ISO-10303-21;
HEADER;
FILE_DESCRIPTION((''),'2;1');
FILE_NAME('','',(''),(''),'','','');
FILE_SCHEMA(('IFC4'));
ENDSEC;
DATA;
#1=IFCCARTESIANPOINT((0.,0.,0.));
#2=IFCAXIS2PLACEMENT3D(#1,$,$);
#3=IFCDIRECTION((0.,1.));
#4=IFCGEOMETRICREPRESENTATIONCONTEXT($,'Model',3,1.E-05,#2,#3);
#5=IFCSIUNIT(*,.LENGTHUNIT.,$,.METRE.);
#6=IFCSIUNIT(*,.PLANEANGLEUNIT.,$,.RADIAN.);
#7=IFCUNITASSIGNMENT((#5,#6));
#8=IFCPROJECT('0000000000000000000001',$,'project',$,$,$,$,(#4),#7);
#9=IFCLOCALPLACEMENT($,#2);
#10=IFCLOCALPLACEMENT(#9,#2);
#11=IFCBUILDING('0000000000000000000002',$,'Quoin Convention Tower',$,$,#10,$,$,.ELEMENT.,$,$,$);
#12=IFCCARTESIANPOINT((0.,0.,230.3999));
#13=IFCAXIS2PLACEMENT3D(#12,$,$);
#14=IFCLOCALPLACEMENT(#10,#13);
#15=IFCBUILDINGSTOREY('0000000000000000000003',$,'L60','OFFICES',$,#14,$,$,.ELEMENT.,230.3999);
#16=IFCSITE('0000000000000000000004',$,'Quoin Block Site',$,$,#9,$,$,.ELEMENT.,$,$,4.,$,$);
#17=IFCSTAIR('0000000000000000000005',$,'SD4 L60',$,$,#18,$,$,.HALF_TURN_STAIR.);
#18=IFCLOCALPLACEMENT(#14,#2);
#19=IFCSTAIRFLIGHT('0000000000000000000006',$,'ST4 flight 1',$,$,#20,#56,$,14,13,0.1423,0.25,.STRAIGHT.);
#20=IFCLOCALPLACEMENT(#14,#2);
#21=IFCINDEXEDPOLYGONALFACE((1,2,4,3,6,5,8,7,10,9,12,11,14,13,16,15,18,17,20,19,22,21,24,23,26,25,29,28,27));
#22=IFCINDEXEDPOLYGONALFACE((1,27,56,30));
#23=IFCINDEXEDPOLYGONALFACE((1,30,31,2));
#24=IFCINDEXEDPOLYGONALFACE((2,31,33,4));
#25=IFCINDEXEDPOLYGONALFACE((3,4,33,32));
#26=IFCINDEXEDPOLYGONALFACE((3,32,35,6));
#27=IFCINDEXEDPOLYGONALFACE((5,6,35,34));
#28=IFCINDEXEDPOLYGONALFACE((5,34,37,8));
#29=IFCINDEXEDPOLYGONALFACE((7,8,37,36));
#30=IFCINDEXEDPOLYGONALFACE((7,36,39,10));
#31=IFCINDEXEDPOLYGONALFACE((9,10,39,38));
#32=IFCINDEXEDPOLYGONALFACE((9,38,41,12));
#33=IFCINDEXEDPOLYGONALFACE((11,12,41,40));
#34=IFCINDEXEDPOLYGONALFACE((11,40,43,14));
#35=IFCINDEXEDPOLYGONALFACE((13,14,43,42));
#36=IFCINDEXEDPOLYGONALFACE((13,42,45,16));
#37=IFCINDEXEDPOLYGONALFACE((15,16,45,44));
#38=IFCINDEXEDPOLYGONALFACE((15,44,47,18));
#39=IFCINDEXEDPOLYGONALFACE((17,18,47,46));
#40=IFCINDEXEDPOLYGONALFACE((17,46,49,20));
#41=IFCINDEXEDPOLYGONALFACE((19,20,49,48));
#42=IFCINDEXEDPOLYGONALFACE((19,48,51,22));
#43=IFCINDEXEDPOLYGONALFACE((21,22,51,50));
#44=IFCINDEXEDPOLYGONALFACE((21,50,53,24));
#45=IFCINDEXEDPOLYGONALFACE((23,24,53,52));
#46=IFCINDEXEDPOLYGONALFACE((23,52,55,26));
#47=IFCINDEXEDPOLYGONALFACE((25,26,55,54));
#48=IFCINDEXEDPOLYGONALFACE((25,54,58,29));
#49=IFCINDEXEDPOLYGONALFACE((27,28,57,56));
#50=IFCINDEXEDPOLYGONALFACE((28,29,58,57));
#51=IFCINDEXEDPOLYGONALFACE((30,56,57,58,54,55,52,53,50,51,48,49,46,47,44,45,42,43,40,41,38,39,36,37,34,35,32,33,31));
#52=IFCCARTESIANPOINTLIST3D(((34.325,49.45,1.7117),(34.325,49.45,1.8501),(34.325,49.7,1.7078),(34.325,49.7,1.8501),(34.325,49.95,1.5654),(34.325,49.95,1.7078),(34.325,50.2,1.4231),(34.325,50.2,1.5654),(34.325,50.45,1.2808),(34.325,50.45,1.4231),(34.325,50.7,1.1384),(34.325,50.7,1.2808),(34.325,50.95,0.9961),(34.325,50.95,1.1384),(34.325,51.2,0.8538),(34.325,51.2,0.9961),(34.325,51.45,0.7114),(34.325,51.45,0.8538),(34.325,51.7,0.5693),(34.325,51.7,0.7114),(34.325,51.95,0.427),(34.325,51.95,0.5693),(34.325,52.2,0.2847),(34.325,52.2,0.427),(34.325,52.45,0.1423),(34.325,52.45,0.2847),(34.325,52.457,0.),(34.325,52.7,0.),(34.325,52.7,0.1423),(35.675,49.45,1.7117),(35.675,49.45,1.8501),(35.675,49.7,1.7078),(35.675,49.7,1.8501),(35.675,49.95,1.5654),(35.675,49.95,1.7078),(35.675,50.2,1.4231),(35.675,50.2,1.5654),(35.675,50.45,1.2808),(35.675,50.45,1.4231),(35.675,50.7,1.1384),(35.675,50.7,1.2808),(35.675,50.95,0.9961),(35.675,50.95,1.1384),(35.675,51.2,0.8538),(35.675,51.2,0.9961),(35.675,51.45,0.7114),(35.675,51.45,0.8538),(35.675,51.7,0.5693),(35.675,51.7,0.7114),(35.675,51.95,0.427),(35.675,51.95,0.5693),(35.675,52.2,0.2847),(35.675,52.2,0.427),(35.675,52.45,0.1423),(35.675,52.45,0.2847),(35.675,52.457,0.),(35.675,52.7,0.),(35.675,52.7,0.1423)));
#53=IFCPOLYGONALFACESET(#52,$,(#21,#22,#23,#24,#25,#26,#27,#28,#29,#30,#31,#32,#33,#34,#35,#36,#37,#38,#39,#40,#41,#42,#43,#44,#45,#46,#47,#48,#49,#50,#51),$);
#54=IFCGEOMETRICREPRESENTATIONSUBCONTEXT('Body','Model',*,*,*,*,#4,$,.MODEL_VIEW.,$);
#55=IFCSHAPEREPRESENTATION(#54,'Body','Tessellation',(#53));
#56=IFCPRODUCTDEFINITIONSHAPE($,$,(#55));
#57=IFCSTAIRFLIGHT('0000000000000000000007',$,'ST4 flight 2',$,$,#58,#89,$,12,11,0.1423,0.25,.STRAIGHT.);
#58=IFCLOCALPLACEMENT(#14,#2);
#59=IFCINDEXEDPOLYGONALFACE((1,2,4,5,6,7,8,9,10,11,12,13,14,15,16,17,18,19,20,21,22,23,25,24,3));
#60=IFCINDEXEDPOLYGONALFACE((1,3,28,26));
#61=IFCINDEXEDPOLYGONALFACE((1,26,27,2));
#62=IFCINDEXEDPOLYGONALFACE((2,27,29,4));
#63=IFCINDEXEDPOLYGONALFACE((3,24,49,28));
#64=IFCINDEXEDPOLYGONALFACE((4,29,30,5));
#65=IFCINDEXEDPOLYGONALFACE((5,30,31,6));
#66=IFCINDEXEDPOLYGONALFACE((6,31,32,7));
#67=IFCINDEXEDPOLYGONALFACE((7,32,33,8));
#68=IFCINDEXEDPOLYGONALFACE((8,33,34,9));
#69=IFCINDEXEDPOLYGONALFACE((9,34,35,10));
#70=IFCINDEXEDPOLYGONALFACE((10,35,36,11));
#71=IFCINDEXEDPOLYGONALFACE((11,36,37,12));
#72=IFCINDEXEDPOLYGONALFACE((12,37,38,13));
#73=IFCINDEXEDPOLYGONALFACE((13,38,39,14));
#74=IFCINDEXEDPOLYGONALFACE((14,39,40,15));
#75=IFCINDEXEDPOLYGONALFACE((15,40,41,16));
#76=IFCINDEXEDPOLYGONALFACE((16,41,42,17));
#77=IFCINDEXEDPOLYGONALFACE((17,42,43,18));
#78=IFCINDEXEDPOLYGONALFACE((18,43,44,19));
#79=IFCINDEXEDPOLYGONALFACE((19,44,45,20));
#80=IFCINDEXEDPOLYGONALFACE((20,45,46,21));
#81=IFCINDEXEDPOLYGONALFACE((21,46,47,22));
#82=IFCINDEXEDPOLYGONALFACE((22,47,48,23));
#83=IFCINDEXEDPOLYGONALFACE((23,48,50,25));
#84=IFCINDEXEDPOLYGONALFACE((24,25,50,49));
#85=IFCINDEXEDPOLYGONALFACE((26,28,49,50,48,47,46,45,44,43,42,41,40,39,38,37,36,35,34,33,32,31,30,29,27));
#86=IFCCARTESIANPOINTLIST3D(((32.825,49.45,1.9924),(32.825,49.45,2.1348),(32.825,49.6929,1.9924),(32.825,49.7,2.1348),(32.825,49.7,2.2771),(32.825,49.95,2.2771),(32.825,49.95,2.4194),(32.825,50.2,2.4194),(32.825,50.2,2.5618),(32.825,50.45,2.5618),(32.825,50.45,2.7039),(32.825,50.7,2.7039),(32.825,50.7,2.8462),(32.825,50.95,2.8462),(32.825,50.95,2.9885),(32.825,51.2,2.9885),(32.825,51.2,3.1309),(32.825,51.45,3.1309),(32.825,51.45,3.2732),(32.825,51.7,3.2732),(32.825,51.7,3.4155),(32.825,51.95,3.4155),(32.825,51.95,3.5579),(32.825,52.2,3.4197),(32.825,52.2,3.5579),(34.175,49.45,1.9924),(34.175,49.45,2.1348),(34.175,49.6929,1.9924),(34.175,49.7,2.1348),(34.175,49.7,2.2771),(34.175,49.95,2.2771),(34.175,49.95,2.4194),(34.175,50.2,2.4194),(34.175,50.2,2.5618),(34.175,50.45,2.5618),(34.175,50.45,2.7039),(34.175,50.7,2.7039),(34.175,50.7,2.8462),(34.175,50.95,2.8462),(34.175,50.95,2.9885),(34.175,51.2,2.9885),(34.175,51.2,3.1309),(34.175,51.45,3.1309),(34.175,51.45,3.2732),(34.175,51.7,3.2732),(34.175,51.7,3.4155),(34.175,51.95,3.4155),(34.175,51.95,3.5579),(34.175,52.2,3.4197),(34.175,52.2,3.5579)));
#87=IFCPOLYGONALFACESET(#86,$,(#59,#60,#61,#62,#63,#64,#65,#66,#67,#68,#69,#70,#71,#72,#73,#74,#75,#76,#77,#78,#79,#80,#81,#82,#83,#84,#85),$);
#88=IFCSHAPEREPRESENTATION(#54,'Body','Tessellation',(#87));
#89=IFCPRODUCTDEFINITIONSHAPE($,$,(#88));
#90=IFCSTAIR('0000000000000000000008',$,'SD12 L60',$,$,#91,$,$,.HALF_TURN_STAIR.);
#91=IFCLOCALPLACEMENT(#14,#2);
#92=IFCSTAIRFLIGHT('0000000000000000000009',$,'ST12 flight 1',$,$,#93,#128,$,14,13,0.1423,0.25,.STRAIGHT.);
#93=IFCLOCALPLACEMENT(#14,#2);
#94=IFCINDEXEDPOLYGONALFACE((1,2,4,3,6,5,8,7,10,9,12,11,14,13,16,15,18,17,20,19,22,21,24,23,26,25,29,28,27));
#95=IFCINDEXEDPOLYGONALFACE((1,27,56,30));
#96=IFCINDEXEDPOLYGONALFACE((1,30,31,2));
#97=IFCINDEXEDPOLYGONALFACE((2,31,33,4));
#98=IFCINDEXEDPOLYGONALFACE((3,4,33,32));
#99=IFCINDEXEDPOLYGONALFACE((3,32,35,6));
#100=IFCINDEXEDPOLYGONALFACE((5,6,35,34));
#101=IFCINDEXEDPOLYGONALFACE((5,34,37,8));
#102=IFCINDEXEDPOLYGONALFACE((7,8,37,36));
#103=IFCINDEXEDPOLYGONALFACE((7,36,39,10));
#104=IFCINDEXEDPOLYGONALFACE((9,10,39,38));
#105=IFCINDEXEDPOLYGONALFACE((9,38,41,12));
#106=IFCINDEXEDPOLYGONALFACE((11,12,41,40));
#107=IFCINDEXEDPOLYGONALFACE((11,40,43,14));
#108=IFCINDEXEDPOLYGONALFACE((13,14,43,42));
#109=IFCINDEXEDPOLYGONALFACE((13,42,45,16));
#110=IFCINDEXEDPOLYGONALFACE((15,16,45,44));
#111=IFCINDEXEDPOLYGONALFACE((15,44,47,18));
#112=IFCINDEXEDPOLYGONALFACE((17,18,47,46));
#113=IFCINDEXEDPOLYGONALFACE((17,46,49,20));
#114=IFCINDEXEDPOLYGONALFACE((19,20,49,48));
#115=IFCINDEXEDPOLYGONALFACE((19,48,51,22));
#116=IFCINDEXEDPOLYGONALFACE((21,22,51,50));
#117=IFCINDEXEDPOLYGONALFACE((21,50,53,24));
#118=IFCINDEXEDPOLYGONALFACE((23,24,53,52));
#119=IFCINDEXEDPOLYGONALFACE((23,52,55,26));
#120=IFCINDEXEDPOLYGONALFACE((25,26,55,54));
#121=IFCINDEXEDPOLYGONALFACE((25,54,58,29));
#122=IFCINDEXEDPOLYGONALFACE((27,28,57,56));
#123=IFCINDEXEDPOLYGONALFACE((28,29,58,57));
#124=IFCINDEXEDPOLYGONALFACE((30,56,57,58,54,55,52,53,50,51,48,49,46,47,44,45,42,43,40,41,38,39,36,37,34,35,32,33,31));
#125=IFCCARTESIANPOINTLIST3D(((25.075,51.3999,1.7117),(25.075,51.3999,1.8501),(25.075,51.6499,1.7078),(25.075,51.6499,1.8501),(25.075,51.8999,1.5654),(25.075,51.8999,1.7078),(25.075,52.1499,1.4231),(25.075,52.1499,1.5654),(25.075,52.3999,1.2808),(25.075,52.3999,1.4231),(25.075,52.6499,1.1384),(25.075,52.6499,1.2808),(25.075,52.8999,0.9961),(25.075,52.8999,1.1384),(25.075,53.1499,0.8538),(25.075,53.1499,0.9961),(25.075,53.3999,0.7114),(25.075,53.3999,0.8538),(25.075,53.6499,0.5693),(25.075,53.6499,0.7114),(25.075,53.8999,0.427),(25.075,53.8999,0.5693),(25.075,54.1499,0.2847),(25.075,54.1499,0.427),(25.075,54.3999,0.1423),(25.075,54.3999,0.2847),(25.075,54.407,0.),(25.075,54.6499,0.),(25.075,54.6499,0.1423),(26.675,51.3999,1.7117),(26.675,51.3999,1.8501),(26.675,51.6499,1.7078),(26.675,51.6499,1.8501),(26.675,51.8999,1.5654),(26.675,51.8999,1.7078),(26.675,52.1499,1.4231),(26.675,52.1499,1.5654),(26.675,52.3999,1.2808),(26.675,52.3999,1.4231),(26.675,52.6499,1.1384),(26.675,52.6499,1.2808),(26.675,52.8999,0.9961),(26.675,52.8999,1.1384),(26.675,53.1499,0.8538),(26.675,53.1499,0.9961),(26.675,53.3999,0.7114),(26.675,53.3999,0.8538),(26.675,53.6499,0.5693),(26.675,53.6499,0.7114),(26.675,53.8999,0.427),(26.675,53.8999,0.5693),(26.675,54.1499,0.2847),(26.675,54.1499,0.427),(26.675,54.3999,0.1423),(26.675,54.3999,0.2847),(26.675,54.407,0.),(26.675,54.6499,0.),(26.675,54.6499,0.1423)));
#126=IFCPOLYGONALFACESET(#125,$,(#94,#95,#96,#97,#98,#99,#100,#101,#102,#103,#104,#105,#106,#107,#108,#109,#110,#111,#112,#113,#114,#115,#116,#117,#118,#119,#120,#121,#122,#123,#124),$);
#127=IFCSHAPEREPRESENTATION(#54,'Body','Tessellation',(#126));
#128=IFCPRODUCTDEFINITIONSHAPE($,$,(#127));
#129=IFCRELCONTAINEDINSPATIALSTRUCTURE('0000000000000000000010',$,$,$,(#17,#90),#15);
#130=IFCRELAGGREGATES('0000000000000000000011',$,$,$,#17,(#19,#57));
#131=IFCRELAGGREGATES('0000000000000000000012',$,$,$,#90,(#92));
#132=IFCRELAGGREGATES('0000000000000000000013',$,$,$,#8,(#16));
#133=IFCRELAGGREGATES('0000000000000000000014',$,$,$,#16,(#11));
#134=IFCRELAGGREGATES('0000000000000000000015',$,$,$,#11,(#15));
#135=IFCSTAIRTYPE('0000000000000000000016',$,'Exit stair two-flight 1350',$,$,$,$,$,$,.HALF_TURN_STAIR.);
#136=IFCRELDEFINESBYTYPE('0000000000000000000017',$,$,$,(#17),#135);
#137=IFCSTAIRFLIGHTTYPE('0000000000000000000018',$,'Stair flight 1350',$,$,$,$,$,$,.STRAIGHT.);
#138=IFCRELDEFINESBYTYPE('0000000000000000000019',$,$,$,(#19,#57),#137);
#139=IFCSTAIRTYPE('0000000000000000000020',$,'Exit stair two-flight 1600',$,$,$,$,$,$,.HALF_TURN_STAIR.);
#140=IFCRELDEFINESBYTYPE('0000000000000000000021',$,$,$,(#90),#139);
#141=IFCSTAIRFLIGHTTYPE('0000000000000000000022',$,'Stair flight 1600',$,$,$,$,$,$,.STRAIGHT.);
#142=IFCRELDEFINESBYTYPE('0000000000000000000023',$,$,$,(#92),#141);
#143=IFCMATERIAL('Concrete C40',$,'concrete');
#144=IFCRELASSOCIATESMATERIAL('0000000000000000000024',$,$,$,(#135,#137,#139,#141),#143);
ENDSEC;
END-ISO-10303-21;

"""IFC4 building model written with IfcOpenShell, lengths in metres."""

from ifc_helpers import new_model, si_unit, direction, frame, origin, place, context, subcontext, project, spatial, polyline, outline, extrude, material, type_object, element, aggregate, save


model = new_model("IFC4")

# Units and contexts
model_context = context("Model", 3, precision=1e-05, world=origin(), true_north=direction((0.0, 1.0)))
body_context = subcontext(model_context, "Body", "Model", "MODEL_VIEW")
ifc_project = project(units=[si_unit("LENGTHUNIT", "METRE"), si_unit("PLANEANGLEUNIT", "RADIAN")], contexts=[model_context])

# Site, building, storey
site_placement = place(None, origin())
site = spatial("IfcSite", under=ifc_project, at=site_placement, Name="Quoin Block Site", CompositionType="ELEMENT", RefElevation=4.0)
building_placement = place(site_placement, origin())
building = spatial("IfcBuilding", under=site, at=building_placement, Name="Quoin Convention Tower", CompositionType="ELEMENT")
storey_placement = place(building_placement, frame((0.0, 0.0, 230.3999)))
storey = spatial("IfcBuildingStorey", under=building, at=storey_placement, Name="L60", Description="OFFICES", CompositionType="ELEMENT", Elevation=230.3999)

# Shared definitions
ifc_material_1 = material(Name="Concrete C40", Category="concrete")
stair_type_1 = type_object("IfcStairType", Name="Exit stair two-flight 1350", PredefinedType="HALF_TURN_STAIR", material=ifc_material_1)
stair_flight_type_1 = type_object("IfcStairFlightType", Name="Stair flight 1350", PredefinedType="STRAIGHT", material=ifc_material_1)

# Stair, stair flights
stair_1_placement = place(storey_placement, origin())
stair_1 = element("IfcStair", 1, at=stair_1_placement, inside=storey, type_object=stair_type_1, Name="SD4 L60", PredefinedType="HALF_TURN_STAIR")
stair_flight_1_placement = place(storey_placement, frame((35.0, 52.7, 0.0), z_axis=(0.0, 0.0, 1.0), x_axis=(0.0, -1.0, 0.0)))
stair_flight_1 = element("IfcStairFlight", 2, at=stair_flight_1_placement, type_object=stair_flight_type_1, Name="ST4 flight 1", NumberOfRisers=14, NumberOfTreads=13, PredefinedType="STRAIGHT", RiserHeight=0.1423, TreadLength=0.25, context=body_context, shape_type="SweptSolid", body=[
    extrude(outline(polyline([(0.0, 0.0), (0.0, 0.1423), (0.25, 0.1423), (0.25, 0.2847), (0.5, 0.2847), (0.5, 0.427), (0.75, 0.427), (0.75, 0.5693), (1.0, 0.5693), (1.0, 0.7114), (1.25, 0.7114), (1.25, 0.8538), (1.5, 0.8538), (1.5, 0.9961), (1.75, 0.9961), (1.75, 1.1384), (2.0, 1.1384), (2.0, 1.2808), (2.25, 1.2808), (2.25, 1.4231), (2.5, 1.4231), (2.5, 1.5654), (2.75, 1.5654), (2.75, 1.7078), (3.0, 1.7078), (3.0, 1.8501), (3.25, 1.8501), (3.25, 1.9922), (3.25, 1.7117), (0.2429, 0.0), (0.0, 0.0)])), frame((0.0, 0.675, 0.0), z_axis=(0.0, -1.0, 0.0), x_axis=(1.0, 0.0, 0.0)), (0.0, 0.0, 1.0), 1.3501),
])
stair_flight_2_placement = place(storey_placement, frame((33.5, 49.45, 1.9924), z_axis=(0.0, 0.0, 1.0), x_axis=(0.0, 1.0, 0.0)))
stair_flight_2 = element("IfcStairFlight", 3, at=stair_flight_2_placement, type_object=stair_flight_type_1, Name="ST4 flight 2", NumberOfRisers=12, NumberOfTreads=11, PredefinedType="STRAIGHT", RiserHeight=0.1423, TreadLength=0.25, context=body_context, shape_type="SweptSolid", body=[
    extrude(outline(polyline([(0.0, 0.0), (0.0, 0.1423), (0.25, 0.1423), (0.25, 0.2847), (0.5, 0.2847), (0.5, 0.427), (0.75, 0.427), (0.75, 0.5693), (1.0, 0.5693), (1.0, 0.7114), (1.25, 0.7114), (1.25, 0.8538), (1.5, 0.8538), (1.5, 0.9961), (1.75, 0.9961), (1.75, 1.1384), (2.0, 1.1384), (2.0, 1.2808), (2.25, 1.2808), (2.25, 1.4231), (2.5, 1.4231), (2.5, 1.5654), (2.75, 1.5654), (2.75, 1.7078), (2.75, 1.4272), (0.2429, 0.0), (0.0, 0.0)])), frame((0.0, 0.675, 0.0), z_axis=(0.0, -1.0, 0.0), x_axis=(1.0, 0.0, 0.0)), (0.0, 0.0, 1.0), 1.3501),
])
aggregate(stair_1, [stair_flight_1, stair_flight_2])

# Stair, stair flight
stair_type_2 = type_object("IfcStairType", Name="Exit stair two-flight 1600", PredefinedType="HALF_TURN_STAIR", material=ifc_material_1)
stair_2_placement = place(storey_placement, origin())
stair_2 = element("IfcStair", 4, at=stair_2_placement, inside=storey, type_object=stair_type_2, Name="SD12 L60", PredefinedType="HALF_TURN_STAIR")
stair_flight_type_2 = type_object("IfcStairFlightType", Name="Stair flight 1600", PredefinedType="STRAIGHT", material=ifc_material_1)
stair_flight_3_placement = place(storey_placement, frame((25.875, 54.6499, 0.0), z_axis=(0.0, 0.0, 1.0), x_axis=(0.0, -1.0, 0.0)))
stair_flight_3 = element("IfcStairFlight", 5, at=stair_flight_3_placement, type_object=stair_flight_type_2, Name="ST12 flight 1", NumberOfRisers=14, NumberOfTreads=13, PredefinedType="STRAIGHT", RiserHeight=0.1423, TreadLength=0.25, context=body_context, shape_type="SweptSolid", body=[
    extrude(outline(polyline([(0.0, 0.0), (0.0, 0.1423), (0.25, 0.1423), (0.25, 0.2847), (0.5, 0.2847), (0.5, 0.427), (0.75, 0.427), (0.75, 0.5693), (1.0, 0.5693), (1.0, 0.7114), (1.25, 0.7114), (1.25, 0.8538), (1.5, 0.8538), (1.5, 0.9961), (1.75, 0.9961), (1.75, 1.1384), (2.0, 1.1384), (2.0, 1.2808), (2.25, 1.2808), (2.25, 1.4231), (2.5, 1.4231), (2.5, 1.5654), (2.75, 1.5654), (2.75, 1.7078), (3.0, 1.7078), (3.0, 1.8501), (3.25, 1.8501), (3.25, 1.9922), (3.25, 1.7117), (0.2429, 0.0), (0.0, 0.0)])), frame((0.0, 0.8, 0.0), z_axis=(0.0, -1.0, 0.0), x_axis=(1.0, 0.0, 0.0)), (0.0, 0.0, 1.0), 1.6001),
])
aggregate(stair_2, [stair_flight_3])

save(model, "model.ifc")
